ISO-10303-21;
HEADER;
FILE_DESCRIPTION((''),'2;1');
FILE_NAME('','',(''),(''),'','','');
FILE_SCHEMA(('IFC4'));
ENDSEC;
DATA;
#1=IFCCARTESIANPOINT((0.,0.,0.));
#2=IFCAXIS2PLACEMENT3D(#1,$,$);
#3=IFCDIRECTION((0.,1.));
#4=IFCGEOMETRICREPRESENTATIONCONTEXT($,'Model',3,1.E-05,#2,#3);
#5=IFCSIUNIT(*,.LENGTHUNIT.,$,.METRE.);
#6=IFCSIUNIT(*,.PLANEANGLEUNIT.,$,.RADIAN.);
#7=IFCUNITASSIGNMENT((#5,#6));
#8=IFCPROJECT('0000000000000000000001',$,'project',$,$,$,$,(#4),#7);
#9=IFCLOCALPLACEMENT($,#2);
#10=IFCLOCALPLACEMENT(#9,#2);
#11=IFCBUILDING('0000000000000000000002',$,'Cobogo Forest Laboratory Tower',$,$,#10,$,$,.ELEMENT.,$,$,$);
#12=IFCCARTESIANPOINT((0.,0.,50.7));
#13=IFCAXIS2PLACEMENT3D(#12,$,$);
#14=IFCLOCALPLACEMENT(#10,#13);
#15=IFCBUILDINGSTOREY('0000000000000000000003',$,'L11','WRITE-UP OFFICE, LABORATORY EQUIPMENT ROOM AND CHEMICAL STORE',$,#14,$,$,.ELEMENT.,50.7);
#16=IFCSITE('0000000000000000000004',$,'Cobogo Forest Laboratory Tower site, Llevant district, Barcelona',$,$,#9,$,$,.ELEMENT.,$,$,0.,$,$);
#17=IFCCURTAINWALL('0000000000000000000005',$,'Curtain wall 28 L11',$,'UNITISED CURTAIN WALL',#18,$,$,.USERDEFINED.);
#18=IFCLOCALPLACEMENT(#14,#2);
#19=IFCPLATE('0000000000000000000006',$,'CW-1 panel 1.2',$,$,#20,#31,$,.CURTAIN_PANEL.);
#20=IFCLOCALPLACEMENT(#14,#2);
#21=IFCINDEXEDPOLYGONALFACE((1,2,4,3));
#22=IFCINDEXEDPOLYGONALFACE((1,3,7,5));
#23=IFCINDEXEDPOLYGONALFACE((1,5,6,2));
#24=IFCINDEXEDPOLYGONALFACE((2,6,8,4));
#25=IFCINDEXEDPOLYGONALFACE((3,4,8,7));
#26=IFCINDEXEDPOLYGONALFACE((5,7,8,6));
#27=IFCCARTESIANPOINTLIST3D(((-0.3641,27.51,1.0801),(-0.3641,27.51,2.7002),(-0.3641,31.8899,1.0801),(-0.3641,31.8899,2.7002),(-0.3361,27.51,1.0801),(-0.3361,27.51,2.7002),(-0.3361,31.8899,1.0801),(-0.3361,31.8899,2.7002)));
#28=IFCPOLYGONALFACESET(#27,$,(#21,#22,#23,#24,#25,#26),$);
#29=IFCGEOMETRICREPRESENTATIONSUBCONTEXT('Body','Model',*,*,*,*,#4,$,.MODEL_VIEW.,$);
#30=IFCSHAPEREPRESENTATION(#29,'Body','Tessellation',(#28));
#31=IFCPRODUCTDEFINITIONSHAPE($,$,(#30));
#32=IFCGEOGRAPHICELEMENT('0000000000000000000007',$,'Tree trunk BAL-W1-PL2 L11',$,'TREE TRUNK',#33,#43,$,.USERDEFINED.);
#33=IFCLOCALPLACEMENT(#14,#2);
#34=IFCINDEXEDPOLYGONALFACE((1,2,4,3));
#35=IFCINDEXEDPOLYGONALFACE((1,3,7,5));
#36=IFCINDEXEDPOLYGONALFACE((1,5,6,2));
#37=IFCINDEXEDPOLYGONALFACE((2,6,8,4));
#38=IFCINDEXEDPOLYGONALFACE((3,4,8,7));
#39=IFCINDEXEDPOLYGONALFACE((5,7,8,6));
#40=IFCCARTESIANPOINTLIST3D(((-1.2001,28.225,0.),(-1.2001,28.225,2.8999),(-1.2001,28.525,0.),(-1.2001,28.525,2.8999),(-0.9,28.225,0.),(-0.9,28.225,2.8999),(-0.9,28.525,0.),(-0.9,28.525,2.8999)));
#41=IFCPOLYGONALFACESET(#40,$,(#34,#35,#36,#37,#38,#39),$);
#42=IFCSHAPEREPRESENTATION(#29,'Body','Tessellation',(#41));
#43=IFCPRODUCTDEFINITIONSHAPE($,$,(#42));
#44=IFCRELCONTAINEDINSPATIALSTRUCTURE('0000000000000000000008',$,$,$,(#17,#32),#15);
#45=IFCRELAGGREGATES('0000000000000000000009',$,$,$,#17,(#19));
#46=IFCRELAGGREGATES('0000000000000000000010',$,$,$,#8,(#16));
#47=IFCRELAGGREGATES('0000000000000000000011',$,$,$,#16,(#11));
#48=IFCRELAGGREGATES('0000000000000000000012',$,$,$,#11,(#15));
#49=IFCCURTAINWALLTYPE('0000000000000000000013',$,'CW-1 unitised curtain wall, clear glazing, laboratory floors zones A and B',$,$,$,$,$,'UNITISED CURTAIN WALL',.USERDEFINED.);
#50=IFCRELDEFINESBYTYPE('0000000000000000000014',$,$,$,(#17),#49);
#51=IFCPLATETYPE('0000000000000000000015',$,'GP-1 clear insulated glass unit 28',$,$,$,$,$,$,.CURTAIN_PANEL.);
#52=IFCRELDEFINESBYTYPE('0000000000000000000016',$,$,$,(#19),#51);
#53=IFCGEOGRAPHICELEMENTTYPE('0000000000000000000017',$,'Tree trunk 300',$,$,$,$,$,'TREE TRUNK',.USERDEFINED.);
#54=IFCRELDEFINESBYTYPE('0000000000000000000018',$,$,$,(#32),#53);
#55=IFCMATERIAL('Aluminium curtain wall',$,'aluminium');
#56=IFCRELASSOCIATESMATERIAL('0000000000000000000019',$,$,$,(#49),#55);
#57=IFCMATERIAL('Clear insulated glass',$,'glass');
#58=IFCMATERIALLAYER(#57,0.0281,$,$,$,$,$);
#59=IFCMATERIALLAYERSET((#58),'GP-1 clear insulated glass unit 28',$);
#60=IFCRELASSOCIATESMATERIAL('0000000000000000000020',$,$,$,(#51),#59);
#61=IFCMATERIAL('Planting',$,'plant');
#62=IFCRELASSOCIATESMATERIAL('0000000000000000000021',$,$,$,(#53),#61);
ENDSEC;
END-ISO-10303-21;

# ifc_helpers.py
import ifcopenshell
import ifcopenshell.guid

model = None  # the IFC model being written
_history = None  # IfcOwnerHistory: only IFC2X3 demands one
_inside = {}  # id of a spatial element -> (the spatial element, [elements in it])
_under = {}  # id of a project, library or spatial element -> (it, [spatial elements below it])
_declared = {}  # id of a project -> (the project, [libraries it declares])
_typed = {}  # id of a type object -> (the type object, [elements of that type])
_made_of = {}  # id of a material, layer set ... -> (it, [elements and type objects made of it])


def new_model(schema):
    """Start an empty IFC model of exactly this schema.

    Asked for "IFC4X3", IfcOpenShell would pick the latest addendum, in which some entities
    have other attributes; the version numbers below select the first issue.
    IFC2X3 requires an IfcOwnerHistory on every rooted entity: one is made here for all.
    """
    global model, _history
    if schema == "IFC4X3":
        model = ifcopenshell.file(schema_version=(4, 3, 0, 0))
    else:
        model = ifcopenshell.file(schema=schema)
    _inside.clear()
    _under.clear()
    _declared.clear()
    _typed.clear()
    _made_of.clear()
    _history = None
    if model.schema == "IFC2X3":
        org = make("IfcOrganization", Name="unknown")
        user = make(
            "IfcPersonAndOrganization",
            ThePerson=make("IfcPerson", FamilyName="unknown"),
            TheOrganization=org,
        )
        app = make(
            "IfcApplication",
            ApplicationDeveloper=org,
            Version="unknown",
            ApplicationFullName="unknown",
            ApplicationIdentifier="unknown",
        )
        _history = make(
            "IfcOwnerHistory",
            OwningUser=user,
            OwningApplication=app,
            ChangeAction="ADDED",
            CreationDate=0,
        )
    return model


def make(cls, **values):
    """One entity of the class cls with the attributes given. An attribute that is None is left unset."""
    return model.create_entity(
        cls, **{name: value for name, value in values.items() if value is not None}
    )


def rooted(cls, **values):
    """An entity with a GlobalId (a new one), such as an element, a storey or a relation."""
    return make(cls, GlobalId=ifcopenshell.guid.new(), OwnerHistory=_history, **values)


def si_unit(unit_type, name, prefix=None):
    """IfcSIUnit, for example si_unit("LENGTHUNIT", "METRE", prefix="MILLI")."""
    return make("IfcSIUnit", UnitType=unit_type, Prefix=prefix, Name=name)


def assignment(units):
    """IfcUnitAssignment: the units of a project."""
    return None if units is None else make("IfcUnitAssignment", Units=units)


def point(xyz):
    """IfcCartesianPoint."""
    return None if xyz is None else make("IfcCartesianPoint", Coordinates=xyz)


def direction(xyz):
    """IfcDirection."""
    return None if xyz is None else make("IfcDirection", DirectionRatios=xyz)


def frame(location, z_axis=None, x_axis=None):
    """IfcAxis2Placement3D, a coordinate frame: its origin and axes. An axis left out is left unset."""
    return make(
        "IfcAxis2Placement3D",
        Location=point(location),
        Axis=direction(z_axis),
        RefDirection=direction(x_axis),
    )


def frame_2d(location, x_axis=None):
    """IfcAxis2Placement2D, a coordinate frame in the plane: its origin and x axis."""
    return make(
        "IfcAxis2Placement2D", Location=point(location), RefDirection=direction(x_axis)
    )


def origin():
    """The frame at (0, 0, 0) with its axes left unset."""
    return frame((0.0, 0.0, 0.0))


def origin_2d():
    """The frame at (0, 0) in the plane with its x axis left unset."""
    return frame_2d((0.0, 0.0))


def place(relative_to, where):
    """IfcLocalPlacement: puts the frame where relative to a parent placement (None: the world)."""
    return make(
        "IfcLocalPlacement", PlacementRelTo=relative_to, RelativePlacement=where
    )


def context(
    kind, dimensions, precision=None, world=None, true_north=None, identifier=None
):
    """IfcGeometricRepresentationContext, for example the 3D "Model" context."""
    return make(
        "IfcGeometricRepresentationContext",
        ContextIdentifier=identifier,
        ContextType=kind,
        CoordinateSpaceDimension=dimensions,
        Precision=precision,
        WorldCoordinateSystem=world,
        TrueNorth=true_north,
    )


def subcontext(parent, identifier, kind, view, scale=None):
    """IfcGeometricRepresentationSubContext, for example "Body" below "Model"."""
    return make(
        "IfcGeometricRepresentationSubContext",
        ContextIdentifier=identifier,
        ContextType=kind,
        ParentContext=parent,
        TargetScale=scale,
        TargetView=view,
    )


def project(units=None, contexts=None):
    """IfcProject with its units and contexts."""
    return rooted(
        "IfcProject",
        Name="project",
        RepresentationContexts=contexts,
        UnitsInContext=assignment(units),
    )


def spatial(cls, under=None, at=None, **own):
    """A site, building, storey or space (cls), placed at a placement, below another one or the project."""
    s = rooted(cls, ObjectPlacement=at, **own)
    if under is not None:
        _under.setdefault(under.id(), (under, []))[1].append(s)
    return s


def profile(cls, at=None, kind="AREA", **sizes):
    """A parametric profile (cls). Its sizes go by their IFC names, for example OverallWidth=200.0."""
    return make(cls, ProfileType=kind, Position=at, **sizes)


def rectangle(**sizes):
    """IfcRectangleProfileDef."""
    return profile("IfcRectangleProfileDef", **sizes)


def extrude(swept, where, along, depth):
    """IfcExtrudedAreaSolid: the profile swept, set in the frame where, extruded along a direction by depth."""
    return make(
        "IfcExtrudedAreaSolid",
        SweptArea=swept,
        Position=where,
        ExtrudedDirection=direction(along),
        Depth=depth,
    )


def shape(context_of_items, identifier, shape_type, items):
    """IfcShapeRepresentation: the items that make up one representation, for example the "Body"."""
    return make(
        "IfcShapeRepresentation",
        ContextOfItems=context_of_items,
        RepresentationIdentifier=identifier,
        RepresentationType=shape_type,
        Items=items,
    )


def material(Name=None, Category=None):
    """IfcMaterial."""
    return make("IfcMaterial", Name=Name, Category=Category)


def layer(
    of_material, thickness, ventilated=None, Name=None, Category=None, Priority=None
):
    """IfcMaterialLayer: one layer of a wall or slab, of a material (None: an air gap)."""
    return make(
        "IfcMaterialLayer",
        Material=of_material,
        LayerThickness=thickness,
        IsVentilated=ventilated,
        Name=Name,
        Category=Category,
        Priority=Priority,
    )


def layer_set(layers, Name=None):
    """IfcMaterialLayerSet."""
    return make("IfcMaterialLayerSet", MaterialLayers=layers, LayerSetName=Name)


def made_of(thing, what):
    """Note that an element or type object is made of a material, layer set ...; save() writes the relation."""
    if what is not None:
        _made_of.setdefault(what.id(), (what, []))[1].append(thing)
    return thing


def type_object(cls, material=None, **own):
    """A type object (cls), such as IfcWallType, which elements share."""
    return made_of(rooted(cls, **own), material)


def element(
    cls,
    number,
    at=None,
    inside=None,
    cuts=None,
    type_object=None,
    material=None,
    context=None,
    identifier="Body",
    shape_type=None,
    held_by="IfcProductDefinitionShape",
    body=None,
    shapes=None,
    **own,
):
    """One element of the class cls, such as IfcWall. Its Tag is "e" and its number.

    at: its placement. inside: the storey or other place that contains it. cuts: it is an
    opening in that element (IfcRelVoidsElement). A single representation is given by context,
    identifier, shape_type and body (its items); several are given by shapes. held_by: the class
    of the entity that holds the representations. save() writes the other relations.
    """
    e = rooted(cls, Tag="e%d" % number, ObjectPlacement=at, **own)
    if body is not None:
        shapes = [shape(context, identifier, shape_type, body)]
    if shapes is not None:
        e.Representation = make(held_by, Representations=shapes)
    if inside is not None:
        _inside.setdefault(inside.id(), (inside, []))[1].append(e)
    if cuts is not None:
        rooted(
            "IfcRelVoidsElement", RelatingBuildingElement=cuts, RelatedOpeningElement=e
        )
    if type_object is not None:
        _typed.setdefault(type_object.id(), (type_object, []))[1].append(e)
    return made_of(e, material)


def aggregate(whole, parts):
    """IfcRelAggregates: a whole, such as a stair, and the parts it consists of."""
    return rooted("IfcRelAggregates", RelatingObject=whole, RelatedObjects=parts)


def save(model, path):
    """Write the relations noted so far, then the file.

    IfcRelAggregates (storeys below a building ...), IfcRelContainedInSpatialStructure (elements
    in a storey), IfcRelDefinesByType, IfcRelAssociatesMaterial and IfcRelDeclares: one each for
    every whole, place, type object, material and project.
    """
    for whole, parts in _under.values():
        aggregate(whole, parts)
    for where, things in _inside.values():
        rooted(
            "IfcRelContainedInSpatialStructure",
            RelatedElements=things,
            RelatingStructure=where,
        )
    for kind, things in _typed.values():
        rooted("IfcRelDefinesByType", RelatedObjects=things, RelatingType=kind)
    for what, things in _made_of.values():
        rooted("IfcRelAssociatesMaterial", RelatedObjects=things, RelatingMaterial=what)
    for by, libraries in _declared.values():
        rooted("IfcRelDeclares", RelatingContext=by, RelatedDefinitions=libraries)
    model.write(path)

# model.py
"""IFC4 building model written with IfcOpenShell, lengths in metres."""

from ifc_helpers import new_model, si_unit, direction, frame, origin, origin_2d, place, context, subcontext, project, spatial, rectangle, extrude, material, layer, layer_set, type_object, element, aggregate, save


model = new_model("IFC4")

# Units and contexts
model_context = context("Model", 3, precision=1e-05, world=origin(), true_north=direction((0.0, 1.0)))
body_context = subcontext(model_context, "Body", "Model", "MODEL_VIEW")
ifc_project = project(units=[si_unit("LENGTHUNIT", "METRE"), si_unit("PLANEANGLEUNIT", "RADIAN")], contexts=[model_context])

# Site, building, storey
site_placement = place(None, origin())
site = spatial("IfcSite", under=ifc_project, at=site_placement, Name="Cobogo Forest Laboratory Tower site, Llevant district, Barcelona", CompositionType="ELEMENT", RefElevation=0.0)
building_placement = place(site_placement, origin())
building = spatial("IfcBuilding", under=site, at=building_placement, Name="Cobogo Forest Laboratory Tower", CompositionType="ELEMENT")
storey_placement = place(building_placement, frame((0.0, 0.0, 50.7)))
storey = spatial("IfcBuildingStorey", under=building, at=storey_placement, Name="L11", Description="WRITE-UP OFFICE, LABORATORY EQUIPMENT ROOM AND CHEMICAL STORE", CompositionType="ELEMENT", Elevation=50.7)

# Shared definitions
ifc_material_1 = material(Name="Aluminium curtain wall", Category="aluminium")
curtain_wall_type = type_object("IfcCurtainWallType", Name="CW-1 unitised curtain wall, clear glazing, laboratory floors zones A and B", ElementType="UNITISED CURTAIN WALL", PredefinedType="USERDEFINED", material=ifc_material_1)

# Curtain wall
curtain_wall_1_placement = place(storey_placement, origin())
curtain_wall_1 = element("IfcCurtainWall", 1, at=curtain_wall_1_placement, inside=storey, type_object=curtain_wall_type, Name="Curtain wall 28 L11", ObjectType="UNITISED CURTAIN WALL", PredefinedType="USERDEFINED")

# Plate
ifc_material_2 = material(Name="Clear insulated glass", Category="glass")
ifc_layer_1 = layer(ifc_material_2, 0.0281)
ifc_layer_set_1 = layer_set([ifc_layer_1], Name="GP-1 clear insulated glass unit 28")
plate_type_1 = type_object("IfcPlateType", Name="GP-1 clear insulated glass unit 28", PredefinedType="CURTAIN_PANEL", material=ifc_layer_set_1)
plate_1_placement = place(storey_placement, frame((-0.3501, 29.7, 1.0801), z_axis=(0.0, 0.0, 1.0), x_axis=(0.0, -1.0, 0.0)))
plate_1 = element("IfcPlate", 2, at=plate_1_placement, type_object=plate_type_1, Name="CW-1 panel 1.2", PredefinedType="CURTAIN_PANEL", context=body_context, shape_type="SweptSolid", body=[
    extrude(rectangle(XDim=4.3799, YDim=0.0281, at=origin_2d()), origin(), (0.0, 0.0, 1.0), 1.6201),
])
aggregate(curtain_wall_1, [plate_1])

# Geographic element
ifc_material_3 = material(Name="Planting", Category="plant")
geographic_element_type = type_object("IfcGeographicElementType", Name="Tree trunk 300", ElementType="TREE TRUNK", PredefinedType="USERDEFINED", material=ifc_material_3)
geographic_element_placement = place(storey_placement, frame((-1.05, 28.375, 0.0), z_axis=(0.0, 0.0, 1.0), x_axis=(1.0, 0.0, 0.0)))
element("IfcGeographicElement", 3, at=geographic_element_placement, inside=storey, type_object=geographic_element_type, Name="Tree trunk BAL-W1-PL2 L11", ObjectType="TREE TRUNK", PredefinedType="USERDEFINED", context=body_context, shape_type="SweptSolid", body=[
    extrude(rectangle(XDim=0.3, YDim=0.3, at=origin_2d()), origin(), (0.0, 0.0, 1.0), 2.8999),
])

save(model, "model.ifc")
